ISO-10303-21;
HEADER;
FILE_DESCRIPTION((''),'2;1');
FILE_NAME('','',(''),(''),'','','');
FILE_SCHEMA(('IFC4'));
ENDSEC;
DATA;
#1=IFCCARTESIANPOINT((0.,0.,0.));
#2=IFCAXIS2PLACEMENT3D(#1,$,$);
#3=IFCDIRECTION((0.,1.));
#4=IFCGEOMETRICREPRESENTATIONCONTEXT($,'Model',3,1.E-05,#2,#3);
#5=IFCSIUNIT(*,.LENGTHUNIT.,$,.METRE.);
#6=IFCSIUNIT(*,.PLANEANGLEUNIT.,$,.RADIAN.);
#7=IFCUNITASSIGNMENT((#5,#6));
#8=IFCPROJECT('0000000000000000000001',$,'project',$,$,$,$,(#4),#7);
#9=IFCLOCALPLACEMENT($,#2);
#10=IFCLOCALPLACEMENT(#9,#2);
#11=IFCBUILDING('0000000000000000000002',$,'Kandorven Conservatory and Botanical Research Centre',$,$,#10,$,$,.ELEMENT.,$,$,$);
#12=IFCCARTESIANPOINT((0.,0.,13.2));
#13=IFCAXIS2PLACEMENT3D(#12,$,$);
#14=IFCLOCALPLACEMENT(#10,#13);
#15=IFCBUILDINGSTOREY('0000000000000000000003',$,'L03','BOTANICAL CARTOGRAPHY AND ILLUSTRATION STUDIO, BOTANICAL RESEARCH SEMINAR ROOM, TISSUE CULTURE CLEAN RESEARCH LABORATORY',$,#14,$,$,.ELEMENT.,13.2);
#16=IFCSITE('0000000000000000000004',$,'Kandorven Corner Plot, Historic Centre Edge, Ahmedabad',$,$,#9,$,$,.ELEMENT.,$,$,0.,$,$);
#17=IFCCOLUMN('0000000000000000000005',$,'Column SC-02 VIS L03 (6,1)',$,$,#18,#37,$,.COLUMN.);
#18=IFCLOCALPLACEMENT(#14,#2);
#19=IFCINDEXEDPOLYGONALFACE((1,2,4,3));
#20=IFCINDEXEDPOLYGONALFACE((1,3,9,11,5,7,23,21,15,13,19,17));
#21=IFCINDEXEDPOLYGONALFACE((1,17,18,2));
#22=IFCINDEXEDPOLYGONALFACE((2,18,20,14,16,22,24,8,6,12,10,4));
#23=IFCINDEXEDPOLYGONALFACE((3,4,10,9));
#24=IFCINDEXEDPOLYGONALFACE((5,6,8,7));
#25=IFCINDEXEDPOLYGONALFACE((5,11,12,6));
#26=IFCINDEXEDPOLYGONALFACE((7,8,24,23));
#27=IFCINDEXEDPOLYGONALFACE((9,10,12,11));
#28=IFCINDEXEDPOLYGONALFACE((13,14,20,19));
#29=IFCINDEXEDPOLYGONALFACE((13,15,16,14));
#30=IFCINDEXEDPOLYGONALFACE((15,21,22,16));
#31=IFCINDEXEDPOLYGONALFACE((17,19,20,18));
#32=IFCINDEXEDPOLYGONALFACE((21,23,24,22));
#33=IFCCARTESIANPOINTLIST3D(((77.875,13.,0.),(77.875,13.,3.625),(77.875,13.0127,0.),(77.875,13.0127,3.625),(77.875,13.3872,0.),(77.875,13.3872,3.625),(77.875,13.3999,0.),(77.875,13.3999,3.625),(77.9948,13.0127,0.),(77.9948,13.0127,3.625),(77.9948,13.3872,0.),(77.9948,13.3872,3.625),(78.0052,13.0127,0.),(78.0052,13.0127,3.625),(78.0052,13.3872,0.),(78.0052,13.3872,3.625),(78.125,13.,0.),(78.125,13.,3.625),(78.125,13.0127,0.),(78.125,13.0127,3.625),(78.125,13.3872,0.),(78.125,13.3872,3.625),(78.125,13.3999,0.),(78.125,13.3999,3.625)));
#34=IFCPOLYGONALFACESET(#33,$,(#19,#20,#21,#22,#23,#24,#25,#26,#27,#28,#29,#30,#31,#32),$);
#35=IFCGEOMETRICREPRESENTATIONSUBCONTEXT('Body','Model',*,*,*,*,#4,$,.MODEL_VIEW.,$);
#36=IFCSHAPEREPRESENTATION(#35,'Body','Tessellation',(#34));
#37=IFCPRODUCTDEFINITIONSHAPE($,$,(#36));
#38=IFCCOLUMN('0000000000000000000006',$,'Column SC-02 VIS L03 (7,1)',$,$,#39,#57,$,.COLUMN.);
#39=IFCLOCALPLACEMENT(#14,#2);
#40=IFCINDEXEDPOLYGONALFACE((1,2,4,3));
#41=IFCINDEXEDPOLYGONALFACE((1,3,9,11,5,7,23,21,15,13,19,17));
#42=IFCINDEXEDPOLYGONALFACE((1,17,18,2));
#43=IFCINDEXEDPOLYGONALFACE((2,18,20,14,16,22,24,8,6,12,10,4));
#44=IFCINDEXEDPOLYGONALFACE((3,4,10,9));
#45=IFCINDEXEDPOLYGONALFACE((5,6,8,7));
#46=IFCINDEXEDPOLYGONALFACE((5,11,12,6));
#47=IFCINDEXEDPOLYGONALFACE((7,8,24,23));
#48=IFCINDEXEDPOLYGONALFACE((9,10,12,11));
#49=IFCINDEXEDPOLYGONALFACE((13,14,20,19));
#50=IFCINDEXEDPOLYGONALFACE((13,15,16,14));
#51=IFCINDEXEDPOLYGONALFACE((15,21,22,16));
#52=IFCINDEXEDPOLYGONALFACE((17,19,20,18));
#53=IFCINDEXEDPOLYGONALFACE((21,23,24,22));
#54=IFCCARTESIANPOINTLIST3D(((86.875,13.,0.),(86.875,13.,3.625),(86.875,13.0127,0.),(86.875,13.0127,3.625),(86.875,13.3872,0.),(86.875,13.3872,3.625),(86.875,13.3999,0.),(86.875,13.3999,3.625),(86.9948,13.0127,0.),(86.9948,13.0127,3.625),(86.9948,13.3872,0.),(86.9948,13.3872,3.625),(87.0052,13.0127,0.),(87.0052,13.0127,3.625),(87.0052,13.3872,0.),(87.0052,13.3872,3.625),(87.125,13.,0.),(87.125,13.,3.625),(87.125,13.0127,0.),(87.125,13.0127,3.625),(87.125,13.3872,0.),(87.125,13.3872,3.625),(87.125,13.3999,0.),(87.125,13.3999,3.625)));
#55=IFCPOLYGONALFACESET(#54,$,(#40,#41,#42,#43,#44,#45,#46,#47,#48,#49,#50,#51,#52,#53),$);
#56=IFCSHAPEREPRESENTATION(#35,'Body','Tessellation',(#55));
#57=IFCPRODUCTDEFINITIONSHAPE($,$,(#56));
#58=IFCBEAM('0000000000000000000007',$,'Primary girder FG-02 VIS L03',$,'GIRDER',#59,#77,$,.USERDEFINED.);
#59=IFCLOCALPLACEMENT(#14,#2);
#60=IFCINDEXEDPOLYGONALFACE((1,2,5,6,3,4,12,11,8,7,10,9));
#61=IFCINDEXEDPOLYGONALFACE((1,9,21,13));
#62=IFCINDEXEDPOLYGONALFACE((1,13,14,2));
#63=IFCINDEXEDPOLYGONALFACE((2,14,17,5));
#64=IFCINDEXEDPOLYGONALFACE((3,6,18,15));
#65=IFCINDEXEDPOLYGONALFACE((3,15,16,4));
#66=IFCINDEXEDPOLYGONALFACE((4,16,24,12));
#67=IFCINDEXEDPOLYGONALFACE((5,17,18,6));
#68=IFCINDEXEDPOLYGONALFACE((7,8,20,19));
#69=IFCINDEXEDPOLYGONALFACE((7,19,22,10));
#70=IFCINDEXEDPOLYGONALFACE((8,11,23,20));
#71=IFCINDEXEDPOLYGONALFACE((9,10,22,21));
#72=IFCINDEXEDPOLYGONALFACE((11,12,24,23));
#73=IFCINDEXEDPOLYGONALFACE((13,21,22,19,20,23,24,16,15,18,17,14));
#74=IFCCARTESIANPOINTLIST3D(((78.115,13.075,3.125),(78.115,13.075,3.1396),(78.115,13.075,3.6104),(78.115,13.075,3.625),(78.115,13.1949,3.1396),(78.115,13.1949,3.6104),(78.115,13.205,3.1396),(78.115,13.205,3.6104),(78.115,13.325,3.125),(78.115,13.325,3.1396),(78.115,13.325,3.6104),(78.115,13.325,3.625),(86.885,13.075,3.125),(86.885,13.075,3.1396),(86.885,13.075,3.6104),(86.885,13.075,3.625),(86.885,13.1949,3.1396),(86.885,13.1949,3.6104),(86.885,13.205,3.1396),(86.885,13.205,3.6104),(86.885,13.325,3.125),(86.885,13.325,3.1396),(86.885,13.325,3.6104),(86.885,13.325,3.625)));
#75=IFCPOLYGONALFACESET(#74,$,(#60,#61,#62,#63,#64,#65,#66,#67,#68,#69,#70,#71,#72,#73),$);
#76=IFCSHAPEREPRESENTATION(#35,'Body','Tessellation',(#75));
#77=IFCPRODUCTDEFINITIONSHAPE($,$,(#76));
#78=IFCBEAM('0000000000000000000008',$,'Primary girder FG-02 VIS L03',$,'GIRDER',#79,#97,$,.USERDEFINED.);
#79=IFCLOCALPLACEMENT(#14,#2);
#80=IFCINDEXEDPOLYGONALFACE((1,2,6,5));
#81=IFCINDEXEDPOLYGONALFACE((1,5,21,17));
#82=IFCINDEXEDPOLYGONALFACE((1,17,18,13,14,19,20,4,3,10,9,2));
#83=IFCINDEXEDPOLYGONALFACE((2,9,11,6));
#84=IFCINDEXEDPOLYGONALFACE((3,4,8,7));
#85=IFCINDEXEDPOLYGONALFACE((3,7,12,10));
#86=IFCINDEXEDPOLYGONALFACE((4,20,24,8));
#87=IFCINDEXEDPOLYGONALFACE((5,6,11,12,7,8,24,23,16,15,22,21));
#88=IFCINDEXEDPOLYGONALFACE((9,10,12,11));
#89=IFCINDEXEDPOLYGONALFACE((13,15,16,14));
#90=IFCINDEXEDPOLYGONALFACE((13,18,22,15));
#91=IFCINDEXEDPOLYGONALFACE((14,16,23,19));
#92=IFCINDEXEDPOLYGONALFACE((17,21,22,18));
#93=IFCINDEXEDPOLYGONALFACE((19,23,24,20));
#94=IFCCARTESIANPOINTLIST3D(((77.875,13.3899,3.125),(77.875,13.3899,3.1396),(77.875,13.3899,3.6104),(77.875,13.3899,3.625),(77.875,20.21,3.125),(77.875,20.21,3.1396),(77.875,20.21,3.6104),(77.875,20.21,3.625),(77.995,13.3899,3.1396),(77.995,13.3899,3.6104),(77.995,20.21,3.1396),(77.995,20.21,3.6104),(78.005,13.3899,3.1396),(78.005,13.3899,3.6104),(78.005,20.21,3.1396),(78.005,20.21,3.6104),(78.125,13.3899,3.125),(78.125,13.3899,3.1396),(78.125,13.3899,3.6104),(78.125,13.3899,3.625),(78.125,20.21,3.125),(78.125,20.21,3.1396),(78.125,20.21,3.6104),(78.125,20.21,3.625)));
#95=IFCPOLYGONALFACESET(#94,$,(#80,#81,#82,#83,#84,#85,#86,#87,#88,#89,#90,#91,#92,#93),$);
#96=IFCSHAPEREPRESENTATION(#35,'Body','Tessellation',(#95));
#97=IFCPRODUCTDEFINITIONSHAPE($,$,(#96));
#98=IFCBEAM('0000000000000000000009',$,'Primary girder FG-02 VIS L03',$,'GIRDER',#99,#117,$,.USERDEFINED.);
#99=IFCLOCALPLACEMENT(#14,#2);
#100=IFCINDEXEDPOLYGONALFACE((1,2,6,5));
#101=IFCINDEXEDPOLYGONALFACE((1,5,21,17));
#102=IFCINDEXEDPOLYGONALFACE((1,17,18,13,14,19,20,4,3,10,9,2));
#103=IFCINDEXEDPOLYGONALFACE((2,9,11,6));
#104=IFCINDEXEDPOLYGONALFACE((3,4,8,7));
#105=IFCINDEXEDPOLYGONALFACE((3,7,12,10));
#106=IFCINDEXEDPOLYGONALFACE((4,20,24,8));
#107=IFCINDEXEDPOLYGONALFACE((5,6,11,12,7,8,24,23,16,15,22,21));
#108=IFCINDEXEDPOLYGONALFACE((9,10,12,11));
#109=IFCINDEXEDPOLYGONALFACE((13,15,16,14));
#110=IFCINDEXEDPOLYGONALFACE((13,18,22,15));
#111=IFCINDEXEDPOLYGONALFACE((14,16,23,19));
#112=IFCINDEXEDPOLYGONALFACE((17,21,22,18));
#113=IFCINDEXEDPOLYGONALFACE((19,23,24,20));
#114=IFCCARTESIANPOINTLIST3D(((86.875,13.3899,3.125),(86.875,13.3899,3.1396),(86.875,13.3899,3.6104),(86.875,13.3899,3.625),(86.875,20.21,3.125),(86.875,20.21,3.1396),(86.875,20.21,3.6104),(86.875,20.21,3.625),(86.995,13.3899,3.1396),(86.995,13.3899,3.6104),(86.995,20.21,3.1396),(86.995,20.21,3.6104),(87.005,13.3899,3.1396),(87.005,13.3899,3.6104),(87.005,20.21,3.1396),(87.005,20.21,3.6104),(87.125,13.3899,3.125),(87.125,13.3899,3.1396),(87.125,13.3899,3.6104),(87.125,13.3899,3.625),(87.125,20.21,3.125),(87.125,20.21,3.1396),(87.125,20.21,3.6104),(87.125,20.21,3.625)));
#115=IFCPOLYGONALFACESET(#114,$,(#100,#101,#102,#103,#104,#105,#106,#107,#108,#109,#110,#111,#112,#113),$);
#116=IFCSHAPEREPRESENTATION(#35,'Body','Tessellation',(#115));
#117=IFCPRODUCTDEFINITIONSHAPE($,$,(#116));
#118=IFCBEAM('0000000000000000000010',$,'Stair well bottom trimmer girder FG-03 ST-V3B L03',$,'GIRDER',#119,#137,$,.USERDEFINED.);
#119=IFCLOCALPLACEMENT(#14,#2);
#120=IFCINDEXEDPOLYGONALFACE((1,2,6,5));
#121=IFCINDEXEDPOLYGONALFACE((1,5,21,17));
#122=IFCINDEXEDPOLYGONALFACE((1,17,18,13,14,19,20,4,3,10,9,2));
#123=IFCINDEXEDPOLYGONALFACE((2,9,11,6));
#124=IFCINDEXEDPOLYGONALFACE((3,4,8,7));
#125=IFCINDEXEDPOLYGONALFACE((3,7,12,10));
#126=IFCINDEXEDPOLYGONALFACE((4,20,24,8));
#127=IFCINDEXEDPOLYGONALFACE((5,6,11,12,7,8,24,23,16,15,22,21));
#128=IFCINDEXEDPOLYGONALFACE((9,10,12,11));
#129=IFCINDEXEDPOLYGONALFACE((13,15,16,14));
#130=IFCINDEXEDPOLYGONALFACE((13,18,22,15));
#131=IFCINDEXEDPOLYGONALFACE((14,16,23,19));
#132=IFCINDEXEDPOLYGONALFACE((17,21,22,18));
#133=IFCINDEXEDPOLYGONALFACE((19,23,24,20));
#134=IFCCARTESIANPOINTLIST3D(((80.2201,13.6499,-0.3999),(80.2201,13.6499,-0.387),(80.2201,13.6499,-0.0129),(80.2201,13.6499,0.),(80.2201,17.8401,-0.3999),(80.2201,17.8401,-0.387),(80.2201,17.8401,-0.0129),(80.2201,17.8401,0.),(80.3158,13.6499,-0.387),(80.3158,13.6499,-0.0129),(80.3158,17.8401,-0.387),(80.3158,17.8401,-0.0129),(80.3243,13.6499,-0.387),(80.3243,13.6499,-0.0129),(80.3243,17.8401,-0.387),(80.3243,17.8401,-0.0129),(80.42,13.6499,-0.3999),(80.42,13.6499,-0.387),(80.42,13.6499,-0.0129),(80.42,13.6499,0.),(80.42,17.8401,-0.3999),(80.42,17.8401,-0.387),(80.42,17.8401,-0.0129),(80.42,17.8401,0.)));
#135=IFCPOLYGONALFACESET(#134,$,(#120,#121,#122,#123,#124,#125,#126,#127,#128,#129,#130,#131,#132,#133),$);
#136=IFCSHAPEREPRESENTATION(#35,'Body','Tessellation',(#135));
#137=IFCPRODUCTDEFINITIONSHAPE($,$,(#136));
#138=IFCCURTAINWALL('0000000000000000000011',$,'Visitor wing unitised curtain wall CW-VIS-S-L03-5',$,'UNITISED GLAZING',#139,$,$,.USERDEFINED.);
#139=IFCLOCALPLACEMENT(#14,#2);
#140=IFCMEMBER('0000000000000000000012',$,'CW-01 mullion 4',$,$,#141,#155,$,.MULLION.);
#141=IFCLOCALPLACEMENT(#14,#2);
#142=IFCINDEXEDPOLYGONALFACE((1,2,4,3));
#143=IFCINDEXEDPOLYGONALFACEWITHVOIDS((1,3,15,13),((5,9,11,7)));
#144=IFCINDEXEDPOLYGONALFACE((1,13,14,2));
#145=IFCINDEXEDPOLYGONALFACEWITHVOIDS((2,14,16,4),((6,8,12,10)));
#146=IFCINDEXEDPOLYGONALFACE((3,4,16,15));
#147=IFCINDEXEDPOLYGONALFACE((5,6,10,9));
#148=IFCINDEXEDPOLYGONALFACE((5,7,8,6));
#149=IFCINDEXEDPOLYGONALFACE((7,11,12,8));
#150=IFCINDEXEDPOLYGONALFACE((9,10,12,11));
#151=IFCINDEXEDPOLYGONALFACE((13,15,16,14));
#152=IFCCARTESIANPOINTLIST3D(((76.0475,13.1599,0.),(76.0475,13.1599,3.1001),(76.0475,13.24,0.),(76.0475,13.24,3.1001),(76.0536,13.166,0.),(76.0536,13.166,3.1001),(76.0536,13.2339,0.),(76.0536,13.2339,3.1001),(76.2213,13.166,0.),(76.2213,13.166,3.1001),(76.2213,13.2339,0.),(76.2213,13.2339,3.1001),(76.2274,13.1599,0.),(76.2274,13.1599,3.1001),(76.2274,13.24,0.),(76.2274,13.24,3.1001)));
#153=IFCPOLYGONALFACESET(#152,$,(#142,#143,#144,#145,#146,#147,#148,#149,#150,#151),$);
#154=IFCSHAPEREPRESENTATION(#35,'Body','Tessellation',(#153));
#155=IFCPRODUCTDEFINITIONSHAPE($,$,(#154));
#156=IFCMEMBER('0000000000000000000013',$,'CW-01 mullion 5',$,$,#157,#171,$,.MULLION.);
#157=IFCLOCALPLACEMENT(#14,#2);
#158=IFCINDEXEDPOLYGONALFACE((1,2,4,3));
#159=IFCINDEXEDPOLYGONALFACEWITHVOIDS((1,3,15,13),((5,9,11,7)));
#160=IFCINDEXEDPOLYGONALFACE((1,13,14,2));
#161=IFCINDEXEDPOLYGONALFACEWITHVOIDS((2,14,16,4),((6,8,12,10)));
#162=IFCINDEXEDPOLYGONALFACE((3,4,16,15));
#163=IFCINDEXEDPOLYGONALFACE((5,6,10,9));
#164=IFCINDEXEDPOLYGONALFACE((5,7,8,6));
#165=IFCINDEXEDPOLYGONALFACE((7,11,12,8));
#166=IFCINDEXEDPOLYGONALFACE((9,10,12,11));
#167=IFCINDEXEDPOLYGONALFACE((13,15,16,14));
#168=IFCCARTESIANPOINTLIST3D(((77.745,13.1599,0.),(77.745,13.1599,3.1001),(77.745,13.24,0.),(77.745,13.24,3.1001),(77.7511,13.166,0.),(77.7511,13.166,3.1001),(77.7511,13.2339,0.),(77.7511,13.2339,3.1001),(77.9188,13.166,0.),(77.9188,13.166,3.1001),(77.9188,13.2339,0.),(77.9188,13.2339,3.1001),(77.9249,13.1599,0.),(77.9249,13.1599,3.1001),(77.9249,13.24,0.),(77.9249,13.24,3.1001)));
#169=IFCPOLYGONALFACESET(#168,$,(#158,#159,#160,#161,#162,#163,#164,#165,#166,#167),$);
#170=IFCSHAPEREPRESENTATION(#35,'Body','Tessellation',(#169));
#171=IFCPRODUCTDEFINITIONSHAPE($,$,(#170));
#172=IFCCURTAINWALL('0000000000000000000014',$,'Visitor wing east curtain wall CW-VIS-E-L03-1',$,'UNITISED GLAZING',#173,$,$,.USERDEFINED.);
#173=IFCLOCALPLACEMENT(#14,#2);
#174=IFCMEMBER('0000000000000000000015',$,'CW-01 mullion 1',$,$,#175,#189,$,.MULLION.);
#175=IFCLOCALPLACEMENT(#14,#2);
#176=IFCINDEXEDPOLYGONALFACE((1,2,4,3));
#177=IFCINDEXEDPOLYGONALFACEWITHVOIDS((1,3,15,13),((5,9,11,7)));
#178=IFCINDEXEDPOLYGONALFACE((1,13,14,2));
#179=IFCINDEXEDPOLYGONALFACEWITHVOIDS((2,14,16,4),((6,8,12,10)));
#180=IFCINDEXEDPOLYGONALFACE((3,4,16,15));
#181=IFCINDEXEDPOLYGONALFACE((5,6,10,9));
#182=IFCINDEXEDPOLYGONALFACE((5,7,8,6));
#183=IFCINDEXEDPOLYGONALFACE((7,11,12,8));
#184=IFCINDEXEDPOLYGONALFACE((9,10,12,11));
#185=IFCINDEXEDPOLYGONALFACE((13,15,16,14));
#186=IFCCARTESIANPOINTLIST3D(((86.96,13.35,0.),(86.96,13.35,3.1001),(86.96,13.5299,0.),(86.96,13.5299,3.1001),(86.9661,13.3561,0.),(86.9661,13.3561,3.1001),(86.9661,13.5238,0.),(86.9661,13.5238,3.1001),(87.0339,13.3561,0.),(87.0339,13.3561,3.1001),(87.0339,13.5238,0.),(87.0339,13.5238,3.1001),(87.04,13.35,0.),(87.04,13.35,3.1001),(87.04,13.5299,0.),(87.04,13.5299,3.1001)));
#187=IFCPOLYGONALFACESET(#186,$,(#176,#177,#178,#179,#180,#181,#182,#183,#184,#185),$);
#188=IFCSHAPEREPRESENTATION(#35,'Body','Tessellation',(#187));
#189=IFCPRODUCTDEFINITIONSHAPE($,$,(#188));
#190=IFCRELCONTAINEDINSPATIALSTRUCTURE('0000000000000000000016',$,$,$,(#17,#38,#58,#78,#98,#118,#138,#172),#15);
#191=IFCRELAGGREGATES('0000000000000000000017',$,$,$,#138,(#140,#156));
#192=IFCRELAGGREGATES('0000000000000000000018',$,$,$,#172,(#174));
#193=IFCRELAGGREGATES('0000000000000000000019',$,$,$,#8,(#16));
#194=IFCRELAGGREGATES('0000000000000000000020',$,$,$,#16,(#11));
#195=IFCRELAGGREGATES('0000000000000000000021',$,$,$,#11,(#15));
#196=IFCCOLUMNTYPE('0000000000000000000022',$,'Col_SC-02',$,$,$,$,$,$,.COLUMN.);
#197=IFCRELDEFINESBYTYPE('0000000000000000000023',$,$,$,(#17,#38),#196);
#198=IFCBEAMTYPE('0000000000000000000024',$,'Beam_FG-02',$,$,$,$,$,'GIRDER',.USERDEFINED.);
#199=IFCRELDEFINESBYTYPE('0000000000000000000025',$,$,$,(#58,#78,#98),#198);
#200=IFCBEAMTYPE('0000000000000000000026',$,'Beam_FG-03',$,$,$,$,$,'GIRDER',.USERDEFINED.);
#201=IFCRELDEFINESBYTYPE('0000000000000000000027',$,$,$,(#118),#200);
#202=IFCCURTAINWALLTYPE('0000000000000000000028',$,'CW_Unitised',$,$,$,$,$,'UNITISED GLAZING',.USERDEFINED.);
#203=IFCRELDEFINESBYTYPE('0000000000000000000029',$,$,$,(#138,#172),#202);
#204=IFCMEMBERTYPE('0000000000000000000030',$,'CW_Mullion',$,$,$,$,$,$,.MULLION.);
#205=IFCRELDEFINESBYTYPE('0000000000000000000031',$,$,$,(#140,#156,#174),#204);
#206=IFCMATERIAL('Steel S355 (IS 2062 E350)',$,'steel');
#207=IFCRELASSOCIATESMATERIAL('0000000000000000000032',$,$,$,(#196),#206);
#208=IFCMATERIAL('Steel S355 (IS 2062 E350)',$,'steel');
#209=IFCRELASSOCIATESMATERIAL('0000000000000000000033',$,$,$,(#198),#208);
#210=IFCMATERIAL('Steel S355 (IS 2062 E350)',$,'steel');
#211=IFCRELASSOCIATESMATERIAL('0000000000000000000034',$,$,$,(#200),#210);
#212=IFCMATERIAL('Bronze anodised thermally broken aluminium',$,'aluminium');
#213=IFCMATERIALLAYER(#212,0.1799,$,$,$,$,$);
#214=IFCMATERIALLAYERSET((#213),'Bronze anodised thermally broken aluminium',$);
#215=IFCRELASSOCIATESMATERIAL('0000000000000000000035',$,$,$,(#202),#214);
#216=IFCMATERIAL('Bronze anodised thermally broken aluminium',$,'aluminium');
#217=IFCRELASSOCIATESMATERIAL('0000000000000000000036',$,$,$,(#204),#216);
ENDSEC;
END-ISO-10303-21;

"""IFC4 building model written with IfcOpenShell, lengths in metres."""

from ifc_helpers import new_model, si_unit, direction, frame, origin, origin_2d, place, context, subcontext, project, spatial, hollow_rectangle, i_section, extrude, material, layer, layer_set, material_profile, profile_set, type_object, element, aggregate, save


model = new_model("IFC4")

# Units and contexts
model_context = context("Model", 3, precision=1e-05, world=origin(), true_north=direction((0.0, 1.0)))
body_context = subcontext(model_context, "Body", "Model", "MODEL_VIEW")
ifc_project = project(units=[si_unit("LENGTHUNIT", "METRE"), si_unit("PLANEANGLEUNIT", "RADIAN")], contexts=[model_context])

# Site, building, storey
site_placement = place(None, origin())
site = spatial("IfcSite", under=ifc_project, at=site_placement, Name="Kandorven Corner Plot, Historic Centre Edge, Ahmedabad", CompositionType="ELEMENT", RefElevation=0.0)
building_placement = place(site_placement, origin())
building = spatial("IfcBuilding", under=site, at=building_placement, Name="Kandorven Conservatory and Botanical Research Centre", CompositionType="ELEMENT")
storey_placement = place(building_placement, frame((0.0, 0.0, 13.2)))
storey = spatial("IfcBuildingStorey", under=building, at=storey_placement, Name="L03", Description="BOTANICAL CARTOGRAPHY AND ILLUSTRATION STUDIO, BOTANICAL RESEARCH SEMINAR ROOM, TISSUE CULTURE CLEAN RESEARCH LABORATORY", CompositionType="ELEMENT", Elevation=13.2)

# Columns
ifc_material_1 = material(Name="Steel S355 (IS 2062 E350)", Category="steel")
ifc_material_profile_1 = material_profile(ifc_material_1, i_section(OverallWidth=0.25, OverallDepth=0.3999, WebThickness=0.0105, FlangeThickness=0.0127, at=origin_2d()))
ifc_profile_set_1 = profile_set([ifc_material_profile_1], Name="Steel S355 (IS 2062 E350)")
column_type = type_object("IfcColumnType", Name="Col_SC-02", PredefinedType="COLUMN", material=ifc_profile_set_1)
for number, where, z_axis, x_axis, name in (
    (1, (78.0, 13.2, 0.0), (0.0, 0.0, 1.0), (1.0, 0.0, 0.0), "Column SC-02 VIS L03 (6,1)"),
    (2, (87.0, 13.2, 0.0), (0.0, 0.0, 1.0), (1.0, 0.0, 0.0), "Column SC-02 VIS L03 (7,1)"),
):
    element("IfcColumn", number, at=place(storey_placement, frame(where, z_axis=z_axis, x_axis=x_axis)), inside=storey, type_object=column_type, Name=name, PredefinedType="COLUMN", context=body_context, shape_type="SweptSolid", body=[
        extrude(i_section(OverallWidth=0.25, OverallDepth=0.3999, WebThickness=0.0105, FlangeThickness=0.0127, at=origin_2d()), origin(), (0.0, 0.0, 1.0), 3.625),
    ])

# Beams
ifc_material_2 = material(Name="Steel S355 (IS 2062 E350)", Category="steel")
ifc_material_profile_2 = material_profile(ifc_material_2, i_section(OverallWidth=0.25, OverallDepth=0.5, WebThickness=0.01, FlangeThickness=0.0146, at=origin_2d()))
ifc_profile_set_2 = profile_set([ifc_material_profile_2], Name="Steel S355 (IS 2062 E350)")
beam_type_1 = type_object("IfcBeamType", Name="Beam_FG-02", ElementType="GIRDER", PredefinedType="USERDEFINED", material=ifc_profile_set_2)
beam_1_placement = place(storey_placement, frame((78.115, 13.2, 3.375), z_axis=(1.0, 0.0, 0.0), x_axis=(0.0, 1.0, 0.0)))
element("IfcBeam", 3, at=beam_1_placement, inside=storey, type_object=beam_type_1, Name="Primary girder FG-02 VIS L03", ObjectType="GIRDER", PredefinedType="USERDEFINED", context=body_context, shape_type="SweptSolid", body=[
    extrude(i_section(OverallWidth=0.25, OverallDepth=0.5, WebThickness=0.01, FlangeThickness=0.0146, at=origin_2d()), origin(), (0.0, 0.0, 1.0), 8.77),
])
for number, where, z_axis, x_axis, name in (
    (4, (78.0, 13.3899, 3.375), (0.0, 1.0, 0.0), (-1.0, 0.0, 0.0), "Primary girder FG-02 VIS L03"),
    (5, (87.0, 13.3899, 3.375), (0.0, 1.0, 0.0), (-1.0, 0.0, 0.0), "Primary girder FG-02 VIS L03"),
):
    element("IfcBeam", number, at=place(storey_placement, frame(where, z_axis=z_axis, x_axis=x_axis)), inside=storey, type_object=beam_type_1, Name=name, ObjectType="GIRDER", PredefinedType="USERDEFINED", context=body_context, shape_type="SweptSolid", body=[
        extrude(i_section(OverallWidth=0.25, OverallDepth=0.5, WebThickness=0.01, FlangeThickness=0.0146, at=origin_2d()), origin(), (0.0, 0.0, 1.0), 6.8201),
    ])
ifc_material_3 = material(Name="Steel S355 (IS 2062 E350)", Category="steel")
ifc_material_profile_3 = material_profile(ifc_material_3, i_section(OverallWidth=0.2, OverallDepth=0.3999, WebThickness=0.0085, FlangeThickness=0.0129, at=origin_2d()))
ifc_profile_set_3 = profile_set([ifc_material_profile_3], Name="Steel S355 (IS 2062 E350)")
beam_type_2 = type_object("IfcBeamType", Name="Beam_FG-03", ElementType="GIRDER", PredefinedType="USERDEFINED", material=ifc_profile_set_3)
beam_2_placement = place(storey_placement, frame((80.3201, 13.6499, -0.2), z_axis=(0.0, 1.0, 0.0), x_axis=(-1.0, 0.0, 0.0)))
element("IfcBeam", 6, at=beam_2_placement, inside=storey, type_object=beam_type_2, Name="Stair well bottom trimmer girder FG-03 ST-V3B L03", ObjectType="GIRDER", PredefinedType="USERDEFINED", context=body_context, shape_type="SweptSolid", body=[
    extrude(i_section(OverallWidth=0.2, OverallDepth=0.3999, WebThickness=0.0085, FlangeThickness=0.0129, at=origin_2d()), origin(), (0.0, 0.0, 1.0), 4.1902),
])

# Curtain walls, members
ifc_material_4 = material(Name="Bronze anodised thermally broken aluminium", Category="aluminium")
ifc_layer_1 = layer(ifc_material_4, 0.1799)
ifc_layer_set_1 = layer_set([ifc_layer_1], Name="Bronze anodised thermally broken aluminium")
curtain_wall_type = type_object("IfcCurtainWallType", Name="CW_Unitised", ElementType="UNITISED GLAZING", PredefinedType="USERDEFINED", material=ifc_layer_set_1)
curtain_wall_1_placement = place(storey_placement, origin())
curtain_wall_1 = element("IfcCurtainWall", 7, at=curtain_wall_1_placement, inside=storey, type_object=curtain_wall_type, Name="Visitor wing unitised curtain wall CW-VIS-S-L03-5", ObjectType="UNITISED GLAZING", PredefinedType="USERDEFINED")
ifc_material_5 = material(Name="Bronze anodised thermally broken aluminium", Category="aluminium")
ifc_material_profile_4 = material_profile(ifc_material_5, hollow_rectangle(XDim=0.0801, YDim=0.1799, WallThickness=0.0061, at=origin_2d()))
ifc_profile_set_4 = profile_set([ifc_material_profile_4], Name="Bronze anodised thermally broken aluminium")
member_type_1 = type_object("IfcMemberType", Name="CW_Mullion", PredefinedType="MULLION", material=ifc_profile_set_4)
member_1_placement = place(storey_placement, frame((76.1375, 13.2, 0.0), z_axis=(0.0, 0.0, 1.0), x_axis=(0.0, 1.0, 0.0)))
member_1 = element("IfcMember", 8, at=member_1_placement, type_object=member_type_1, Name="CW-01 mullion 4", PredefinedType="MULLION", context=body_context, shape_type="SweptSolid", body=[
    extrude(hollow_rectangle(XDim=0.0801, YDim=0.1799, WallThickness=0.0061, at=origin_2d()), origin(), (0.0, 0.0, 1.0), 3.1001),
])
member_2_placement = place(storey_placement, frame((77.835, 13.2, 0.0), z_axis=(0.0, 0.0, 1.0), x_axis=(0.0, 1.0, 0.0)))
member_2 = element("IfcMember", 9, at=member_2_placement, type_object=member_type_1, Name="CW-01 mullion 5", PredefinedType="MULLION", context=body_context, shape_type="SweptSolid", body=[
    extrude(hollow_rectangle(XDim=0.0801, YDim=0.1799, WallThickness=0.0061, at=origin_2d()), origin(), (0.0, 0.0, 1.0), 3.1001),
])
curtain_wall_2_placement = place(storey_placement, origin())
curtain_wall_2 = element("IfcCurtainWall", 10, at=curtain_wall_2_placement, inside=storey, type_object=curtain_wall_type, Name="Visitor wing east curtain wall CW-VIS-E-L03-1", ObjectType="UNITISED GLAZING", PredefinedType="USERDEFINED")
member_3_placement = place(storey_placement, frame((87.0, 13.4399, 0.0), z_axis=(0.0, 0.0, 1.0), x_axis=(-1.0, 0.0, 0.0)))
member_3 = element("IfcMember", 11, at=member_3_placement, type_object=member_type_1, Name="CW-01 mullion 1", PredefinedType="MULLION", context=body_context, shape_type="SweptSolid", body=[
    extrude(hollow_rectangle(XDim=0.0801, YDim=0.1799, WallThickness=0.0061, at=origin_2d()), origin(), (0.0, 0.0, 1.0), 3.1001),
])

aggregate(curtain_wall_1, [member_1, member_2])
aggregate(curtain_wall_2, [member_3])

save(model, "model.ifc")
